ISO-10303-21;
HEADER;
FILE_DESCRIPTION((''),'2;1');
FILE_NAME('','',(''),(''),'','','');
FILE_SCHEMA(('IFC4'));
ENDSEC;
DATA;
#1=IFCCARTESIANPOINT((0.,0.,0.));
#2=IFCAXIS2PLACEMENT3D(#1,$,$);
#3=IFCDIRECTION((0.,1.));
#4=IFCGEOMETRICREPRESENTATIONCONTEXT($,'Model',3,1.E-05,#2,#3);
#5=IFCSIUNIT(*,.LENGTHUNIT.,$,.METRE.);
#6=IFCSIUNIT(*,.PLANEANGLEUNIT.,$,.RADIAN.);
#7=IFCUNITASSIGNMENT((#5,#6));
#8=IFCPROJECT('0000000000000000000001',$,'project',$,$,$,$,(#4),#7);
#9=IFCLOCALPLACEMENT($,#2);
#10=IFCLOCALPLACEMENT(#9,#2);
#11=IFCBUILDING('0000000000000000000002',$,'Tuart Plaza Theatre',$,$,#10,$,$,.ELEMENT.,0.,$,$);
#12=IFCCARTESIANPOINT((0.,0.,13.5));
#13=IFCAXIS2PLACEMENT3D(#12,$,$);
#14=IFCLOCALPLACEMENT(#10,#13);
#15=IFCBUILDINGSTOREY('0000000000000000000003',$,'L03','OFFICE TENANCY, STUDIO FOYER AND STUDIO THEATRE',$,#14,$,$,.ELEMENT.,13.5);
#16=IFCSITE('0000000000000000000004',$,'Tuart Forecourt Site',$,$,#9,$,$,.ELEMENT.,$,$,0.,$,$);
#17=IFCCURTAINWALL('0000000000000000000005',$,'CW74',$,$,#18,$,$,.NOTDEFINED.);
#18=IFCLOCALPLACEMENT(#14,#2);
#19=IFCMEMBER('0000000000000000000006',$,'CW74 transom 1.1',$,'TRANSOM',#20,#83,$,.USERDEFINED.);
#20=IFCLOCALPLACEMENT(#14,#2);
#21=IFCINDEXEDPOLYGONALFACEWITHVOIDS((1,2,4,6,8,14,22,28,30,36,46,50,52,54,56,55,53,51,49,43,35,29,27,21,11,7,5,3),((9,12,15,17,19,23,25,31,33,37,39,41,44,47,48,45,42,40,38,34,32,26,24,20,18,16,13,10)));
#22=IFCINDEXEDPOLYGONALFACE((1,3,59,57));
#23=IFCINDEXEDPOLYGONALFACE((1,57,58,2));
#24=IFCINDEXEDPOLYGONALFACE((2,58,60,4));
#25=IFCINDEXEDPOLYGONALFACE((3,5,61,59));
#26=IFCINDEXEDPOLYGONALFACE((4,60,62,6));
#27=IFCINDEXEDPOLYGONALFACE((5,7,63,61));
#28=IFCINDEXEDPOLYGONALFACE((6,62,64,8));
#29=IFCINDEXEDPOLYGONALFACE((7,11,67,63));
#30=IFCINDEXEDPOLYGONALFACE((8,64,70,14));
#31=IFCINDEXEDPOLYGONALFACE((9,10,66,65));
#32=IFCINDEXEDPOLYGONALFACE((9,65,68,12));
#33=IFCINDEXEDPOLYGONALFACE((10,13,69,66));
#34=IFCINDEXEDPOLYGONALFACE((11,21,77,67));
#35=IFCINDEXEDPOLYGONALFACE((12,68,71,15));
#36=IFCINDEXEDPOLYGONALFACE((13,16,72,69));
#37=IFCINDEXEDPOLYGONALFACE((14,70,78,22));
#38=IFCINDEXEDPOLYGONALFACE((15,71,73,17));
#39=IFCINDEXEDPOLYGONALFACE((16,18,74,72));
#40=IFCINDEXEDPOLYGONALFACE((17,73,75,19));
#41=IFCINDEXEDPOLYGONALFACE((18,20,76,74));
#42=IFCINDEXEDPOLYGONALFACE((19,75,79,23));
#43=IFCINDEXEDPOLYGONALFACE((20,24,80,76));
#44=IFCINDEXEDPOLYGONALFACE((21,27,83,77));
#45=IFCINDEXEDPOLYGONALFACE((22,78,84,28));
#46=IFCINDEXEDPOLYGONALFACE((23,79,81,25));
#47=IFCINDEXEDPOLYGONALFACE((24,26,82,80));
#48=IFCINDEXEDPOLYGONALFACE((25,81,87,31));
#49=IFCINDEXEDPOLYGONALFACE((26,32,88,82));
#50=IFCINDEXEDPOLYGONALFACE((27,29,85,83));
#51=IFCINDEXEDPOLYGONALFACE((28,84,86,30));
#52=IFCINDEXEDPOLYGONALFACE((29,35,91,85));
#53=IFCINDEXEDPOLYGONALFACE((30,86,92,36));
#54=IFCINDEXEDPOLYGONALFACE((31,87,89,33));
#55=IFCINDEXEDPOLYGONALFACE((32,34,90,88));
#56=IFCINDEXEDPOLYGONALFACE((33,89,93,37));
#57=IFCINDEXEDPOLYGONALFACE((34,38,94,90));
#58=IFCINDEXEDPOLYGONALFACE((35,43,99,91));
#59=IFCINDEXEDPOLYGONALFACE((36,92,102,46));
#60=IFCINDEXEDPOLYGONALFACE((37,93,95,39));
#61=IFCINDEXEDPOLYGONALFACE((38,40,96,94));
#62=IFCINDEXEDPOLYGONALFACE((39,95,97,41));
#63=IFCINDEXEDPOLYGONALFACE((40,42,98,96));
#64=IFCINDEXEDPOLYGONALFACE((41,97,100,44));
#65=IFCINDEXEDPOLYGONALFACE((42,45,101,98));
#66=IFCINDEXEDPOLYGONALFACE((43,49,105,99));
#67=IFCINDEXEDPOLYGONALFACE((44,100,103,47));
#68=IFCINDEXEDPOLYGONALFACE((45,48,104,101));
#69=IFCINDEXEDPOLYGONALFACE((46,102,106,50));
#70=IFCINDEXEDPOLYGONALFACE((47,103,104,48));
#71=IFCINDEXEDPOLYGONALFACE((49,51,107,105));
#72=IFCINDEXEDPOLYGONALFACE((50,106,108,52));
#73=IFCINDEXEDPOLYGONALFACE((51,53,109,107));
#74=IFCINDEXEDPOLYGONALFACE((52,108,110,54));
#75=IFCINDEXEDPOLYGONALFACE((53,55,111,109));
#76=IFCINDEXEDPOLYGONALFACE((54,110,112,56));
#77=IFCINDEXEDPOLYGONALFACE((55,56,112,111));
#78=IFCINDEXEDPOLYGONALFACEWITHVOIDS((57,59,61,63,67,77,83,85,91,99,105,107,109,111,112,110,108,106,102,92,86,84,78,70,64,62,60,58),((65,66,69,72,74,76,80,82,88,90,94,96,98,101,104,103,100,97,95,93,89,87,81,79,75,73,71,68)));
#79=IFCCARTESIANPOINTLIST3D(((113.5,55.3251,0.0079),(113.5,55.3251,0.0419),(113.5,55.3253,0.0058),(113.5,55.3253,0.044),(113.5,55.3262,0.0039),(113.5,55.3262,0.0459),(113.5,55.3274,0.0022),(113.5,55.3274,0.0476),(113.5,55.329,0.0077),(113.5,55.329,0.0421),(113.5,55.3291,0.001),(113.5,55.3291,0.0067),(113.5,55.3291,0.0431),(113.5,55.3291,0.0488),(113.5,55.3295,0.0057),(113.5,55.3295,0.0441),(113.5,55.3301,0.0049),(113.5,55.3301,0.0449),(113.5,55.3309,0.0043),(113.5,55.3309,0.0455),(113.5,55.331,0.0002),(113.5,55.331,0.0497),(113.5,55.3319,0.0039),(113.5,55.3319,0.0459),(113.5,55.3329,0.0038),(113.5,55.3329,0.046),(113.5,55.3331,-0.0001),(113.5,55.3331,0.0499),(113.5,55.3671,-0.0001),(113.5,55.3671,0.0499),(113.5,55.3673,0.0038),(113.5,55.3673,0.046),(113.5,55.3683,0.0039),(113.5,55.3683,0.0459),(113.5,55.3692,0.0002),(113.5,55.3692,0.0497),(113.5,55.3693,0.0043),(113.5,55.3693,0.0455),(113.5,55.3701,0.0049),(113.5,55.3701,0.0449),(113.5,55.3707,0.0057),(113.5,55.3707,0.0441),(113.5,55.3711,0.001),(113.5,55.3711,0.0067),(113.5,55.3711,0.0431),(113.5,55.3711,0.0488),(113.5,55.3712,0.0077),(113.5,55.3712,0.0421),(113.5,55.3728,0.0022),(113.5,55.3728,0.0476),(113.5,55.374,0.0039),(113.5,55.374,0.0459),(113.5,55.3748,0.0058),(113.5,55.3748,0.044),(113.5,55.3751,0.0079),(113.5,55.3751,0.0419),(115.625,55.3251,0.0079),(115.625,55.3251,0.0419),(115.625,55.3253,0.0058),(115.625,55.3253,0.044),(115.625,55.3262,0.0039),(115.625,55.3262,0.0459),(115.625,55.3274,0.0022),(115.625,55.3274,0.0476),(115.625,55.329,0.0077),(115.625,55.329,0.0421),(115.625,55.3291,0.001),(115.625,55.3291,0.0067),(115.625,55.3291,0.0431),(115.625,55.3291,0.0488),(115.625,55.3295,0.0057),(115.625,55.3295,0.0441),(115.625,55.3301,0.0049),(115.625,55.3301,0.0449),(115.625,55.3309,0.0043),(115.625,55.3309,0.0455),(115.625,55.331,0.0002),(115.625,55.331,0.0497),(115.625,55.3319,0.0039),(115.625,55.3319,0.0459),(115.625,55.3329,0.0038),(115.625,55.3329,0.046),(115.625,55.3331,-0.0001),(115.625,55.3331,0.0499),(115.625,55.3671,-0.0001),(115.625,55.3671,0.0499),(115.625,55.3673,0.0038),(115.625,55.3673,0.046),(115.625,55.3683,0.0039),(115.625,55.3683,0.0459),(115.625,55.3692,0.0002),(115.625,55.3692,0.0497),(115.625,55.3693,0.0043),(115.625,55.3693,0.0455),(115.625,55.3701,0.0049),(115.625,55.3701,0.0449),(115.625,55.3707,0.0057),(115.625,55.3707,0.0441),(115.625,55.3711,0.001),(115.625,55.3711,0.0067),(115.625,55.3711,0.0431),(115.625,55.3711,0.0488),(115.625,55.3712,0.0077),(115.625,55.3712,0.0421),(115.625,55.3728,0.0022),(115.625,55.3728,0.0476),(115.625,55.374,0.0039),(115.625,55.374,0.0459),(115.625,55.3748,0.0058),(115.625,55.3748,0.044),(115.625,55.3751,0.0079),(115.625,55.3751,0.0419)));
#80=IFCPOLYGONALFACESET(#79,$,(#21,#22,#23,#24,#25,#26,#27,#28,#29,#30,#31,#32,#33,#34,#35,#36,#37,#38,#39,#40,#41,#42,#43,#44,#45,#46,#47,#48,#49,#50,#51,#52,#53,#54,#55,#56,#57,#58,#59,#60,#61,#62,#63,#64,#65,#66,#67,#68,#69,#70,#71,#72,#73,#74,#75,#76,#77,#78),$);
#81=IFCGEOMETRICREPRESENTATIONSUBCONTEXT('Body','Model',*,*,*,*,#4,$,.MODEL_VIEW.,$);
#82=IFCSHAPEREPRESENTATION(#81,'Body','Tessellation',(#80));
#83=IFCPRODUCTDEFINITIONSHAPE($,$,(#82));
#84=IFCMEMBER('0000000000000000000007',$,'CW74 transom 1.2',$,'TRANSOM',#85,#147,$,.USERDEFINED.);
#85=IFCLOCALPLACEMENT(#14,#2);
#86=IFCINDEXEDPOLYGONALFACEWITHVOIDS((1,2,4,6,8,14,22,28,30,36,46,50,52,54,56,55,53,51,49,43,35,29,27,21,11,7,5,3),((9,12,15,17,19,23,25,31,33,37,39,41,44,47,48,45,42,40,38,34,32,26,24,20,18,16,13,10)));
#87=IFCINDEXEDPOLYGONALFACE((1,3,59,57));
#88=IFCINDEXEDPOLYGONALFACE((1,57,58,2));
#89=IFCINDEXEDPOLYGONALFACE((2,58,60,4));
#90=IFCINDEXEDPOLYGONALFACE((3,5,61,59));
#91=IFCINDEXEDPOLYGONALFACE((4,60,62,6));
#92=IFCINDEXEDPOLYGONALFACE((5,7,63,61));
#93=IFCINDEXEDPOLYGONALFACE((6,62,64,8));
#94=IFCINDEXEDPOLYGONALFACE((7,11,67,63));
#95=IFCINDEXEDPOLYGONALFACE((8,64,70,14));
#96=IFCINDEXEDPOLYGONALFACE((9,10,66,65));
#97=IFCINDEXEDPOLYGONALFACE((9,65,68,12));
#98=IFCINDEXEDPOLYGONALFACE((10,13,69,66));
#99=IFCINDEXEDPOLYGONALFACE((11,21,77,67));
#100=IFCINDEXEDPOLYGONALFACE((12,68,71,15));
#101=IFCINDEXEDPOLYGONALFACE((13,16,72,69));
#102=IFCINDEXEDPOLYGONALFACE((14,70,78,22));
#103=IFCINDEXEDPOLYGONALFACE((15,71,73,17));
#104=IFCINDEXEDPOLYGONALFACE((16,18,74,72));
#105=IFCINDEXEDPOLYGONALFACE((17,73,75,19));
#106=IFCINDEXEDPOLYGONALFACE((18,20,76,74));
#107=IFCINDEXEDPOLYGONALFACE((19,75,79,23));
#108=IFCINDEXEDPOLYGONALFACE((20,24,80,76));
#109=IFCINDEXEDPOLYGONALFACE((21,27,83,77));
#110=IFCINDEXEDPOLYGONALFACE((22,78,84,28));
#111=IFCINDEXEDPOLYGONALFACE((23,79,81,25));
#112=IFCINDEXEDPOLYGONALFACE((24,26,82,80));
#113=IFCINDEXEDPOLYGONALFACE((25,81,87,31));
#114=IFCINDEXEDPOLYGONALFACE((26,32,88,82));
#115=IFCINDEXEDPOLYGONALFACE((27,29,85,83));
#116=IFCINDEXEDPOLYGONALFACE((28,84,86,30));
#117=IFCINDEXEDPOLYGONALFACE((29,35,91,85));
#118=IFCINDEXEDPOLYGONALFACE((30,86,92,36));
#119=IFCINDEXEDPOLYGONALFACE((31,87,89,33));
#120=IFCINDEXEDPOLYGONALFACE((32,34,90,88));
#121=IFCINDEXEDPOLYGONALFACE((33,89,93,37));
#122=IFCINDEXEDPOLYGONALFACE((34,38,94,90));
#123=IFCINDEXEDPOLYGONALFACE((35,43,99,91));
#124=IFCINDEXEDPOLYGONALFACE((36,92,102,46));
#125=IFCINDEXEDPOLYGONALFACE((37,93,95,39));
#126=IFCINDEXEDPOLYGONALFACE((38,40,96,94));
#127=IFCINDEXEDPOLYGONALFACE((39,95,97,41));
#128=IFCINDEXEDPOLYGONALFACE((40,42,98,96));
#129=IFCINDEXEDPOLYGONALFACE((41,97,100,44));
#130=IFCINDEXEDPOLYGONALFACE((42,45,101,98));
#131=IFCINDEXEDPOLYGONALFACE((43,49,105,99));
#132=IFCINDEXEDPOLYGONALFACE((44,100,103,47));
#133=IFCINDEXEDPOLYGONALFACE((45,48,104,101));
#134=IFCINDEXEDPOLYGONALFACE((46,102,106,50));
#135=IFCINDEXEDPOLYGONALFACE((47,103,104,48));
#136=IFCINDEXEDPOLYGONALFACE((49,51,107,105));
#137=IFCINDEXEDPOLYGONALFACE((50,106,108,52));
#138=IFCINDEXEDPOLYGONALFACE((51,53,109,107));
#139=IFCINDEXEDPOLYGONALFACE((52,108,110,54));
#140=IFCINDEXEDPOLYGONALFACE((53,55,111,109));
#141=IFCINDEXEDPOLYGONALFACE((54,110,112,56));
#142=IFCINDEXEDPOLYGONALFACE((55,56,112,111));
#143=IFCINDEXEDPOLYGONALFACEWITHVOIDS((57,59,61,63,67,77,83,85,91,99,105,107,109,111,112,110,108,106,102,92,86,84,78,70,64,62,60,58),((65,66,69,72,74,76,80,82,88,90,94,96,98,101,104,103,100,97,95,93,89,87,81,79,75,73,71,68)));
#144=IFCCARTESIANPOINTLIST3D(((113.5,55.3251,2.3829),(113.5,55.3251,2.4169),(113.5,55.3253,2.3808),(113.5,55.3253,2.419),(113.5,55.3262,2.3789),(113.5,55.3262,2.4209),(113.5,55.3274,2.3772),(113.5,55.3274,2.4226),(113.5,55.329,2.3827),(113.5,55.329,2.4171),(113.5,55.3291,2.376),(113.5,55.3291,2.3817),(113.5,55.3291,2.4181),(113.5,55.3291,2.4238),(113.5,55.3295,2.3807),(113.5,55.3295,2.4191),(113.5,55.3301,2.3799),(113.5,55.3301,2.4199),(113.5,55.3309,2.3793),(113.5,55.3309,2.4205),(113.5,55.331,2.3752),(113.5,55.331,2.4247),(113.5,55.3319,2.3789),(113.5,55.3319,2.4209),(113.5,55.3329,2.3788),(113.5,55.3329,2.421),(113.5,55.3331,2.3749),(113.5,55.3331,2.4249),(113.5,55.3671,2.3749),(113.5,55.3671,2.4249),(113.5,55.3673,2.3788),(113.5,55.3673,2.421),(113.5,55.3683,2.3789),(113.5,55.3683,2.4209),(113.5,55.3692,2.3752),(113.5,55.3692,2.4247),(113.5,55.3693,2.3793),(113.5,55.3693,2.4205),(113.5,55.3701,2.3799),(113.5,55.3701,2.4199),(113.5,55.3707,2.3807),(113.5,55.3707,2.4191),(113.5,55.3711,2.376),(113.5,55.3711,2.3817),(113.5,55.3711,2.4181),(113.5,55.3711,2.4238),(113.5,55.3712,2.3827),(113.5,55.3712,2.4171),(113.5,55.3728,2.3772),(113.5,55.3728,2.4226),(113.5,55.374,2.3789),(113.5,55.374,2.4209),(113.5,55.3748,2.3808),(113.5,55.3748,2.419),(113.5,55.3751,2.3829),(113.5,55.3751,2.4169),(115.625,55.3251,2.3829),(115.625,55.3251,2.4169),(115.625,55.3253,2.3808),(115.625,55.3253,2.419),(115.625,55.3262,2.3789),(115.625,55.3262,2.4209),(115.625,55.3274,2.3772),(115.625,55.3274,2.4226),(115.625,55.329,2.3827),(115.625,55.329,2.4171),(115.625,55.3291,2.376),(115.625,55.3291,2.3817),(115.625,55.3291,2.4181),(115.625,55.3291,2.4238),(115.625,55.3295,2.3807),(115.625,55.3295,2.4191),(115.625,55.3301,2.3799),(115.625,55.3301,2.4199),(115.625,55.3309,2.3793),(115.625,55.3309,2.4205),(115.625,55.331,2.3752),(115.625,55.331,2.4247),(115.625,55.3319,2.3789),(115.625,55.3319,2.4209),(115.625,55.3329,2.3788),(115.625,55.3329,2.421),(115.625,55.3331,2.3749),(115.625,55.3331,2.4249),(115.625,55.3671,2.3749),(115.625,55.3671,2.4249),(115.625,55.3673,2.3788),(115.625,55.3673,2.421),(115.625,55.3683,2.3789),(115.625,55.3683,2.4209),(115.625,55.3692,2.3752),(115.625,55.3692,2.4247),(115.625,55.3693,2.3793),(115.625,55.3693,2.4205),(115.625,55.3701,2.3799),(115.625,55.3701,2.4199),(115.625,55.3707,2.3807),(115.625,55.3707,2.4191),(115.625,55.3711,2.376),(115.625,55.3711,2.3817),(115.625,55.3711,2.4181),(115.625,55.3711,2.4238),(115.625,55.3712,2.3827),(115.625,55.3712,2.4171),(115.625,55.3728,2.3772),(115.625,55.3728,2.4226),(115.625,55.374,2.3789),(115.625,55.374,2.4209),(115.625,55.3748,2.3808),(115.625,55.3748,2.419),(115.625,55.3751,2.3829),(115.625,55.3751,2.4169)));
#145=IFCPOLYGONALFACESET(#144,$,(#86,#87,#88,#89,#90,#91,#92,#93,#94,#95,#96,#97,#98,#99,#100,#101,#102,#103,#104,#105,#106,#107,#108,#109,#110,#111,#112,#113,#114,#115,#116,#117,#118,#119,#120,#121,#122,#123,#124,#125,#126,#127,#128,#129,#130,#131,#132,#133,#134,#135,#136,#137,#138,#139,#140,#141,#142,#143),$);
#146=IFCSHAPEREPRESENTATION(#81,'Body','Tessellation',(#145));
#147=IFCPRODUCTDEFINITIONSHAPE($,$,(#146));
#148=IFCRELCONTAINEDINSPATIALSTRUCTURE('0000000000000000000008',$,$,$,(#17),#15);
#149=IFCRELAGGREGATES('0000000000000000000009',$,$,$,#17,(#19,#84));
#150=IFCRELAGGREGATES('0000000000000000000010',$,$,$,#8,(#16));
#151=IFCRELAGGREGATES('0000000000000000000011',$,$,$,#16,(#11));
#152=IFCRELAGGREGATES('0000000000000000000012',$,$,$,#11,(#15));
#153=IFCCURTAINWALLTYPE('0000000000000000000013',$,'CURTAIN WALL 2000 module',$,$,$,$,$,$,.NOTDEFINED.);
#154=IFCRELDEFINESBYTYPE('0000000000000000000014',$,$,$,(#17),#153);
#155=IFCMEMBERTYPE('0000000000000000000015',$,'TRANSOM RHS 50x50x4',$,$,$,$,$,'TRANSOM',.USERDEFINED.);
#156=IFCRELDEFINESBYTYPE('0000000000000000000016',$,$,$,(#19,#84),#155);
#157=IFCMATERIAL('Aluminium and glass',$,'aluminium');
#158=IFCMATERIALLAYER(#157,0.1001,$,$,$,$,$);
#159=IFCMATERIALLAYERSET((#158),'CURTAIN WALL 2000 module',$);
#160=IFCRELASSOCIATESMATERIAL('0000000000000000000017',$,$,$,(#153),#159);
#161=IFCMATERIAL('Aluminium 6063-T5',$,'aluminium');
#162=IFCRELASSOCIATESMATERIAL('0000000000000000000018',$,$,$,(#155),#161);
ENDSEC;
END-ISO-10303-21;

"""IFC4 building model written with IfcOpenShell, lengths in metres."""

from ifc_helpers import new_model, si_unit, direction, frame, origin, origin_2d, place, context, subcontext, project, spatial, hollow_rectangle, extrude, material, layer, layer_set, material_profile, profile_set, type_object, element, aggregate, save


model = new_model("IFC4")

# Units and contexts
model_context = context("Model", 3, precision=1e-05, world=origin(), true_north=direction((0.0, 1.0)))
body_context = subcontext(model_context, "Body", "Model", "MODEL_VIEW")
ifc_project = project(units=[si_unit("LENGTHUNIT", "METRE"), si_unit("PLANEANGLEUNIT", "RADIAN")], contexts=[model_context])

# Site, building, storey
site_placement = place(None, origin())
site = spatial("IfcSite", under=ifc_project, at=site_placement, Name="Tuart Forecourt Site", CompositionType="ELEMENT", RefElevation=0.0)
building_placement = place(site_placement, origin())
building = spatial("IfcBuilding", under=site, at=building_placement, Name="Tuart Plaza Theatre", CompositionType="ELEMENT", ElevationOfRefHeight=0.0)
storey_placement = place(building_placement, frame((0.0, 0.0, 13.5)))
storey = spatial("IfcBuildingStorey", under=building, at=storey_placement, Name="L03", Description="OFFICE TENANCY, STUDIO FOYER AND STUDIO THEATRE", CompositionType="ELEMENT", Elevation=13.5)

# Shared definitions
ifc_material_1 = material(Name="Aluminium and glass", Category="aluminium")
ifc_layer_1 = layer(ifc_material_1, 0.1001)
ifc_layer_set_1 = layer_set([ifc_layer_1], Name="CURTAIN WALL 2000 module")
curtain_wall_type = type_object("IfcCurtainWallType", Name="CURTAIN WALL 2000 module", PredefinedType="NOTDEFINED", material=ifc_layer_set_1)

# Curtain wall, members
curtain_wall_1_placement = place(storey_placement, origin())
curtain_wall_1 = element("IfcCurtainWall", 1, at=curtain_wall_1_placement, inside=storey, type_object=curtain_wall_type, Name="CW74", PredefinedType="NOTDEFINED")
ifc_material_2 = material(Name="Aluminium 6063-T5", Category="aluminium")
ifc_material_profile_1 = material_profile(ifc_material_2, hollow_rectangle(XDim=0.05, YDim=0.05, WallThickness=0.0039, InnerFilletRadius=0.0039, OuterFilletRadius=0.0081, at=origin_2d()), Name="RHS 50x50x4")
ifc_profile_set_1 = profile_set([ifc_material_profile_1], Name="Aluminium 6063-T5")
member_type_1 = type_object("IfcMemberType", Name="TRANSOM RHS 50x50x4", ElementType="TRANSOM", PredefinedType="USERDEFINED", material=ifc_profile_set_1)
member_1_placement = place(storey_placement, frame((113.5, 55.3501, 0.0249), z_axis=(1.0, 0.0, 0.0), x_axis=(0.0, 1.0, 0.0)))
member_1 = element("IfcMember", 2, at=member_1_placement, type_object=member_type_1, Name="CW74 transom 1.1", ObjectType="TRANSOM", PredefinedType="USERDEFINED", context=body_context, shape_type="SweptSolid", body=[
    extrude(hollow_rectangle(XDim=0.05, YDim=0.05, WallThickness=0.0039, InnerFilletRadius=0.0039, OuterFilletRadius=0.0081, at=origin_2d()), origin(), (0.0, 0.0, 1.0), 2.125),
])
member_2_placement = place(storey_placement, frame((113.5, 55.3501, 2.3999), z_axis=(1.0, 0.0, 0.0), x_axis=(0.0, 1.0, 0.0)))
member_2 = element("IfcMember", 3, at=member_2_placement, type_object=member_type_1, Name="CW74 transom 1.2", ObjectType="TRANSOM", PredefinedType="USERDEFINED", context=body_context, shape_type="SweptSolid", body=[
    extrude(hollow_rectangle(XDim=0.05, YDim=0.05, WallThickness=0.0039, InnerFilletRadius=0.0039, OuterFilletRadius=0.0081, at=origin_2d()), origin(), (0.0, 0.0, 1.0), 2.125),
])
aggregate(curtain_wall_1, [member_1, member_2])

save(model, "model.ifc")
